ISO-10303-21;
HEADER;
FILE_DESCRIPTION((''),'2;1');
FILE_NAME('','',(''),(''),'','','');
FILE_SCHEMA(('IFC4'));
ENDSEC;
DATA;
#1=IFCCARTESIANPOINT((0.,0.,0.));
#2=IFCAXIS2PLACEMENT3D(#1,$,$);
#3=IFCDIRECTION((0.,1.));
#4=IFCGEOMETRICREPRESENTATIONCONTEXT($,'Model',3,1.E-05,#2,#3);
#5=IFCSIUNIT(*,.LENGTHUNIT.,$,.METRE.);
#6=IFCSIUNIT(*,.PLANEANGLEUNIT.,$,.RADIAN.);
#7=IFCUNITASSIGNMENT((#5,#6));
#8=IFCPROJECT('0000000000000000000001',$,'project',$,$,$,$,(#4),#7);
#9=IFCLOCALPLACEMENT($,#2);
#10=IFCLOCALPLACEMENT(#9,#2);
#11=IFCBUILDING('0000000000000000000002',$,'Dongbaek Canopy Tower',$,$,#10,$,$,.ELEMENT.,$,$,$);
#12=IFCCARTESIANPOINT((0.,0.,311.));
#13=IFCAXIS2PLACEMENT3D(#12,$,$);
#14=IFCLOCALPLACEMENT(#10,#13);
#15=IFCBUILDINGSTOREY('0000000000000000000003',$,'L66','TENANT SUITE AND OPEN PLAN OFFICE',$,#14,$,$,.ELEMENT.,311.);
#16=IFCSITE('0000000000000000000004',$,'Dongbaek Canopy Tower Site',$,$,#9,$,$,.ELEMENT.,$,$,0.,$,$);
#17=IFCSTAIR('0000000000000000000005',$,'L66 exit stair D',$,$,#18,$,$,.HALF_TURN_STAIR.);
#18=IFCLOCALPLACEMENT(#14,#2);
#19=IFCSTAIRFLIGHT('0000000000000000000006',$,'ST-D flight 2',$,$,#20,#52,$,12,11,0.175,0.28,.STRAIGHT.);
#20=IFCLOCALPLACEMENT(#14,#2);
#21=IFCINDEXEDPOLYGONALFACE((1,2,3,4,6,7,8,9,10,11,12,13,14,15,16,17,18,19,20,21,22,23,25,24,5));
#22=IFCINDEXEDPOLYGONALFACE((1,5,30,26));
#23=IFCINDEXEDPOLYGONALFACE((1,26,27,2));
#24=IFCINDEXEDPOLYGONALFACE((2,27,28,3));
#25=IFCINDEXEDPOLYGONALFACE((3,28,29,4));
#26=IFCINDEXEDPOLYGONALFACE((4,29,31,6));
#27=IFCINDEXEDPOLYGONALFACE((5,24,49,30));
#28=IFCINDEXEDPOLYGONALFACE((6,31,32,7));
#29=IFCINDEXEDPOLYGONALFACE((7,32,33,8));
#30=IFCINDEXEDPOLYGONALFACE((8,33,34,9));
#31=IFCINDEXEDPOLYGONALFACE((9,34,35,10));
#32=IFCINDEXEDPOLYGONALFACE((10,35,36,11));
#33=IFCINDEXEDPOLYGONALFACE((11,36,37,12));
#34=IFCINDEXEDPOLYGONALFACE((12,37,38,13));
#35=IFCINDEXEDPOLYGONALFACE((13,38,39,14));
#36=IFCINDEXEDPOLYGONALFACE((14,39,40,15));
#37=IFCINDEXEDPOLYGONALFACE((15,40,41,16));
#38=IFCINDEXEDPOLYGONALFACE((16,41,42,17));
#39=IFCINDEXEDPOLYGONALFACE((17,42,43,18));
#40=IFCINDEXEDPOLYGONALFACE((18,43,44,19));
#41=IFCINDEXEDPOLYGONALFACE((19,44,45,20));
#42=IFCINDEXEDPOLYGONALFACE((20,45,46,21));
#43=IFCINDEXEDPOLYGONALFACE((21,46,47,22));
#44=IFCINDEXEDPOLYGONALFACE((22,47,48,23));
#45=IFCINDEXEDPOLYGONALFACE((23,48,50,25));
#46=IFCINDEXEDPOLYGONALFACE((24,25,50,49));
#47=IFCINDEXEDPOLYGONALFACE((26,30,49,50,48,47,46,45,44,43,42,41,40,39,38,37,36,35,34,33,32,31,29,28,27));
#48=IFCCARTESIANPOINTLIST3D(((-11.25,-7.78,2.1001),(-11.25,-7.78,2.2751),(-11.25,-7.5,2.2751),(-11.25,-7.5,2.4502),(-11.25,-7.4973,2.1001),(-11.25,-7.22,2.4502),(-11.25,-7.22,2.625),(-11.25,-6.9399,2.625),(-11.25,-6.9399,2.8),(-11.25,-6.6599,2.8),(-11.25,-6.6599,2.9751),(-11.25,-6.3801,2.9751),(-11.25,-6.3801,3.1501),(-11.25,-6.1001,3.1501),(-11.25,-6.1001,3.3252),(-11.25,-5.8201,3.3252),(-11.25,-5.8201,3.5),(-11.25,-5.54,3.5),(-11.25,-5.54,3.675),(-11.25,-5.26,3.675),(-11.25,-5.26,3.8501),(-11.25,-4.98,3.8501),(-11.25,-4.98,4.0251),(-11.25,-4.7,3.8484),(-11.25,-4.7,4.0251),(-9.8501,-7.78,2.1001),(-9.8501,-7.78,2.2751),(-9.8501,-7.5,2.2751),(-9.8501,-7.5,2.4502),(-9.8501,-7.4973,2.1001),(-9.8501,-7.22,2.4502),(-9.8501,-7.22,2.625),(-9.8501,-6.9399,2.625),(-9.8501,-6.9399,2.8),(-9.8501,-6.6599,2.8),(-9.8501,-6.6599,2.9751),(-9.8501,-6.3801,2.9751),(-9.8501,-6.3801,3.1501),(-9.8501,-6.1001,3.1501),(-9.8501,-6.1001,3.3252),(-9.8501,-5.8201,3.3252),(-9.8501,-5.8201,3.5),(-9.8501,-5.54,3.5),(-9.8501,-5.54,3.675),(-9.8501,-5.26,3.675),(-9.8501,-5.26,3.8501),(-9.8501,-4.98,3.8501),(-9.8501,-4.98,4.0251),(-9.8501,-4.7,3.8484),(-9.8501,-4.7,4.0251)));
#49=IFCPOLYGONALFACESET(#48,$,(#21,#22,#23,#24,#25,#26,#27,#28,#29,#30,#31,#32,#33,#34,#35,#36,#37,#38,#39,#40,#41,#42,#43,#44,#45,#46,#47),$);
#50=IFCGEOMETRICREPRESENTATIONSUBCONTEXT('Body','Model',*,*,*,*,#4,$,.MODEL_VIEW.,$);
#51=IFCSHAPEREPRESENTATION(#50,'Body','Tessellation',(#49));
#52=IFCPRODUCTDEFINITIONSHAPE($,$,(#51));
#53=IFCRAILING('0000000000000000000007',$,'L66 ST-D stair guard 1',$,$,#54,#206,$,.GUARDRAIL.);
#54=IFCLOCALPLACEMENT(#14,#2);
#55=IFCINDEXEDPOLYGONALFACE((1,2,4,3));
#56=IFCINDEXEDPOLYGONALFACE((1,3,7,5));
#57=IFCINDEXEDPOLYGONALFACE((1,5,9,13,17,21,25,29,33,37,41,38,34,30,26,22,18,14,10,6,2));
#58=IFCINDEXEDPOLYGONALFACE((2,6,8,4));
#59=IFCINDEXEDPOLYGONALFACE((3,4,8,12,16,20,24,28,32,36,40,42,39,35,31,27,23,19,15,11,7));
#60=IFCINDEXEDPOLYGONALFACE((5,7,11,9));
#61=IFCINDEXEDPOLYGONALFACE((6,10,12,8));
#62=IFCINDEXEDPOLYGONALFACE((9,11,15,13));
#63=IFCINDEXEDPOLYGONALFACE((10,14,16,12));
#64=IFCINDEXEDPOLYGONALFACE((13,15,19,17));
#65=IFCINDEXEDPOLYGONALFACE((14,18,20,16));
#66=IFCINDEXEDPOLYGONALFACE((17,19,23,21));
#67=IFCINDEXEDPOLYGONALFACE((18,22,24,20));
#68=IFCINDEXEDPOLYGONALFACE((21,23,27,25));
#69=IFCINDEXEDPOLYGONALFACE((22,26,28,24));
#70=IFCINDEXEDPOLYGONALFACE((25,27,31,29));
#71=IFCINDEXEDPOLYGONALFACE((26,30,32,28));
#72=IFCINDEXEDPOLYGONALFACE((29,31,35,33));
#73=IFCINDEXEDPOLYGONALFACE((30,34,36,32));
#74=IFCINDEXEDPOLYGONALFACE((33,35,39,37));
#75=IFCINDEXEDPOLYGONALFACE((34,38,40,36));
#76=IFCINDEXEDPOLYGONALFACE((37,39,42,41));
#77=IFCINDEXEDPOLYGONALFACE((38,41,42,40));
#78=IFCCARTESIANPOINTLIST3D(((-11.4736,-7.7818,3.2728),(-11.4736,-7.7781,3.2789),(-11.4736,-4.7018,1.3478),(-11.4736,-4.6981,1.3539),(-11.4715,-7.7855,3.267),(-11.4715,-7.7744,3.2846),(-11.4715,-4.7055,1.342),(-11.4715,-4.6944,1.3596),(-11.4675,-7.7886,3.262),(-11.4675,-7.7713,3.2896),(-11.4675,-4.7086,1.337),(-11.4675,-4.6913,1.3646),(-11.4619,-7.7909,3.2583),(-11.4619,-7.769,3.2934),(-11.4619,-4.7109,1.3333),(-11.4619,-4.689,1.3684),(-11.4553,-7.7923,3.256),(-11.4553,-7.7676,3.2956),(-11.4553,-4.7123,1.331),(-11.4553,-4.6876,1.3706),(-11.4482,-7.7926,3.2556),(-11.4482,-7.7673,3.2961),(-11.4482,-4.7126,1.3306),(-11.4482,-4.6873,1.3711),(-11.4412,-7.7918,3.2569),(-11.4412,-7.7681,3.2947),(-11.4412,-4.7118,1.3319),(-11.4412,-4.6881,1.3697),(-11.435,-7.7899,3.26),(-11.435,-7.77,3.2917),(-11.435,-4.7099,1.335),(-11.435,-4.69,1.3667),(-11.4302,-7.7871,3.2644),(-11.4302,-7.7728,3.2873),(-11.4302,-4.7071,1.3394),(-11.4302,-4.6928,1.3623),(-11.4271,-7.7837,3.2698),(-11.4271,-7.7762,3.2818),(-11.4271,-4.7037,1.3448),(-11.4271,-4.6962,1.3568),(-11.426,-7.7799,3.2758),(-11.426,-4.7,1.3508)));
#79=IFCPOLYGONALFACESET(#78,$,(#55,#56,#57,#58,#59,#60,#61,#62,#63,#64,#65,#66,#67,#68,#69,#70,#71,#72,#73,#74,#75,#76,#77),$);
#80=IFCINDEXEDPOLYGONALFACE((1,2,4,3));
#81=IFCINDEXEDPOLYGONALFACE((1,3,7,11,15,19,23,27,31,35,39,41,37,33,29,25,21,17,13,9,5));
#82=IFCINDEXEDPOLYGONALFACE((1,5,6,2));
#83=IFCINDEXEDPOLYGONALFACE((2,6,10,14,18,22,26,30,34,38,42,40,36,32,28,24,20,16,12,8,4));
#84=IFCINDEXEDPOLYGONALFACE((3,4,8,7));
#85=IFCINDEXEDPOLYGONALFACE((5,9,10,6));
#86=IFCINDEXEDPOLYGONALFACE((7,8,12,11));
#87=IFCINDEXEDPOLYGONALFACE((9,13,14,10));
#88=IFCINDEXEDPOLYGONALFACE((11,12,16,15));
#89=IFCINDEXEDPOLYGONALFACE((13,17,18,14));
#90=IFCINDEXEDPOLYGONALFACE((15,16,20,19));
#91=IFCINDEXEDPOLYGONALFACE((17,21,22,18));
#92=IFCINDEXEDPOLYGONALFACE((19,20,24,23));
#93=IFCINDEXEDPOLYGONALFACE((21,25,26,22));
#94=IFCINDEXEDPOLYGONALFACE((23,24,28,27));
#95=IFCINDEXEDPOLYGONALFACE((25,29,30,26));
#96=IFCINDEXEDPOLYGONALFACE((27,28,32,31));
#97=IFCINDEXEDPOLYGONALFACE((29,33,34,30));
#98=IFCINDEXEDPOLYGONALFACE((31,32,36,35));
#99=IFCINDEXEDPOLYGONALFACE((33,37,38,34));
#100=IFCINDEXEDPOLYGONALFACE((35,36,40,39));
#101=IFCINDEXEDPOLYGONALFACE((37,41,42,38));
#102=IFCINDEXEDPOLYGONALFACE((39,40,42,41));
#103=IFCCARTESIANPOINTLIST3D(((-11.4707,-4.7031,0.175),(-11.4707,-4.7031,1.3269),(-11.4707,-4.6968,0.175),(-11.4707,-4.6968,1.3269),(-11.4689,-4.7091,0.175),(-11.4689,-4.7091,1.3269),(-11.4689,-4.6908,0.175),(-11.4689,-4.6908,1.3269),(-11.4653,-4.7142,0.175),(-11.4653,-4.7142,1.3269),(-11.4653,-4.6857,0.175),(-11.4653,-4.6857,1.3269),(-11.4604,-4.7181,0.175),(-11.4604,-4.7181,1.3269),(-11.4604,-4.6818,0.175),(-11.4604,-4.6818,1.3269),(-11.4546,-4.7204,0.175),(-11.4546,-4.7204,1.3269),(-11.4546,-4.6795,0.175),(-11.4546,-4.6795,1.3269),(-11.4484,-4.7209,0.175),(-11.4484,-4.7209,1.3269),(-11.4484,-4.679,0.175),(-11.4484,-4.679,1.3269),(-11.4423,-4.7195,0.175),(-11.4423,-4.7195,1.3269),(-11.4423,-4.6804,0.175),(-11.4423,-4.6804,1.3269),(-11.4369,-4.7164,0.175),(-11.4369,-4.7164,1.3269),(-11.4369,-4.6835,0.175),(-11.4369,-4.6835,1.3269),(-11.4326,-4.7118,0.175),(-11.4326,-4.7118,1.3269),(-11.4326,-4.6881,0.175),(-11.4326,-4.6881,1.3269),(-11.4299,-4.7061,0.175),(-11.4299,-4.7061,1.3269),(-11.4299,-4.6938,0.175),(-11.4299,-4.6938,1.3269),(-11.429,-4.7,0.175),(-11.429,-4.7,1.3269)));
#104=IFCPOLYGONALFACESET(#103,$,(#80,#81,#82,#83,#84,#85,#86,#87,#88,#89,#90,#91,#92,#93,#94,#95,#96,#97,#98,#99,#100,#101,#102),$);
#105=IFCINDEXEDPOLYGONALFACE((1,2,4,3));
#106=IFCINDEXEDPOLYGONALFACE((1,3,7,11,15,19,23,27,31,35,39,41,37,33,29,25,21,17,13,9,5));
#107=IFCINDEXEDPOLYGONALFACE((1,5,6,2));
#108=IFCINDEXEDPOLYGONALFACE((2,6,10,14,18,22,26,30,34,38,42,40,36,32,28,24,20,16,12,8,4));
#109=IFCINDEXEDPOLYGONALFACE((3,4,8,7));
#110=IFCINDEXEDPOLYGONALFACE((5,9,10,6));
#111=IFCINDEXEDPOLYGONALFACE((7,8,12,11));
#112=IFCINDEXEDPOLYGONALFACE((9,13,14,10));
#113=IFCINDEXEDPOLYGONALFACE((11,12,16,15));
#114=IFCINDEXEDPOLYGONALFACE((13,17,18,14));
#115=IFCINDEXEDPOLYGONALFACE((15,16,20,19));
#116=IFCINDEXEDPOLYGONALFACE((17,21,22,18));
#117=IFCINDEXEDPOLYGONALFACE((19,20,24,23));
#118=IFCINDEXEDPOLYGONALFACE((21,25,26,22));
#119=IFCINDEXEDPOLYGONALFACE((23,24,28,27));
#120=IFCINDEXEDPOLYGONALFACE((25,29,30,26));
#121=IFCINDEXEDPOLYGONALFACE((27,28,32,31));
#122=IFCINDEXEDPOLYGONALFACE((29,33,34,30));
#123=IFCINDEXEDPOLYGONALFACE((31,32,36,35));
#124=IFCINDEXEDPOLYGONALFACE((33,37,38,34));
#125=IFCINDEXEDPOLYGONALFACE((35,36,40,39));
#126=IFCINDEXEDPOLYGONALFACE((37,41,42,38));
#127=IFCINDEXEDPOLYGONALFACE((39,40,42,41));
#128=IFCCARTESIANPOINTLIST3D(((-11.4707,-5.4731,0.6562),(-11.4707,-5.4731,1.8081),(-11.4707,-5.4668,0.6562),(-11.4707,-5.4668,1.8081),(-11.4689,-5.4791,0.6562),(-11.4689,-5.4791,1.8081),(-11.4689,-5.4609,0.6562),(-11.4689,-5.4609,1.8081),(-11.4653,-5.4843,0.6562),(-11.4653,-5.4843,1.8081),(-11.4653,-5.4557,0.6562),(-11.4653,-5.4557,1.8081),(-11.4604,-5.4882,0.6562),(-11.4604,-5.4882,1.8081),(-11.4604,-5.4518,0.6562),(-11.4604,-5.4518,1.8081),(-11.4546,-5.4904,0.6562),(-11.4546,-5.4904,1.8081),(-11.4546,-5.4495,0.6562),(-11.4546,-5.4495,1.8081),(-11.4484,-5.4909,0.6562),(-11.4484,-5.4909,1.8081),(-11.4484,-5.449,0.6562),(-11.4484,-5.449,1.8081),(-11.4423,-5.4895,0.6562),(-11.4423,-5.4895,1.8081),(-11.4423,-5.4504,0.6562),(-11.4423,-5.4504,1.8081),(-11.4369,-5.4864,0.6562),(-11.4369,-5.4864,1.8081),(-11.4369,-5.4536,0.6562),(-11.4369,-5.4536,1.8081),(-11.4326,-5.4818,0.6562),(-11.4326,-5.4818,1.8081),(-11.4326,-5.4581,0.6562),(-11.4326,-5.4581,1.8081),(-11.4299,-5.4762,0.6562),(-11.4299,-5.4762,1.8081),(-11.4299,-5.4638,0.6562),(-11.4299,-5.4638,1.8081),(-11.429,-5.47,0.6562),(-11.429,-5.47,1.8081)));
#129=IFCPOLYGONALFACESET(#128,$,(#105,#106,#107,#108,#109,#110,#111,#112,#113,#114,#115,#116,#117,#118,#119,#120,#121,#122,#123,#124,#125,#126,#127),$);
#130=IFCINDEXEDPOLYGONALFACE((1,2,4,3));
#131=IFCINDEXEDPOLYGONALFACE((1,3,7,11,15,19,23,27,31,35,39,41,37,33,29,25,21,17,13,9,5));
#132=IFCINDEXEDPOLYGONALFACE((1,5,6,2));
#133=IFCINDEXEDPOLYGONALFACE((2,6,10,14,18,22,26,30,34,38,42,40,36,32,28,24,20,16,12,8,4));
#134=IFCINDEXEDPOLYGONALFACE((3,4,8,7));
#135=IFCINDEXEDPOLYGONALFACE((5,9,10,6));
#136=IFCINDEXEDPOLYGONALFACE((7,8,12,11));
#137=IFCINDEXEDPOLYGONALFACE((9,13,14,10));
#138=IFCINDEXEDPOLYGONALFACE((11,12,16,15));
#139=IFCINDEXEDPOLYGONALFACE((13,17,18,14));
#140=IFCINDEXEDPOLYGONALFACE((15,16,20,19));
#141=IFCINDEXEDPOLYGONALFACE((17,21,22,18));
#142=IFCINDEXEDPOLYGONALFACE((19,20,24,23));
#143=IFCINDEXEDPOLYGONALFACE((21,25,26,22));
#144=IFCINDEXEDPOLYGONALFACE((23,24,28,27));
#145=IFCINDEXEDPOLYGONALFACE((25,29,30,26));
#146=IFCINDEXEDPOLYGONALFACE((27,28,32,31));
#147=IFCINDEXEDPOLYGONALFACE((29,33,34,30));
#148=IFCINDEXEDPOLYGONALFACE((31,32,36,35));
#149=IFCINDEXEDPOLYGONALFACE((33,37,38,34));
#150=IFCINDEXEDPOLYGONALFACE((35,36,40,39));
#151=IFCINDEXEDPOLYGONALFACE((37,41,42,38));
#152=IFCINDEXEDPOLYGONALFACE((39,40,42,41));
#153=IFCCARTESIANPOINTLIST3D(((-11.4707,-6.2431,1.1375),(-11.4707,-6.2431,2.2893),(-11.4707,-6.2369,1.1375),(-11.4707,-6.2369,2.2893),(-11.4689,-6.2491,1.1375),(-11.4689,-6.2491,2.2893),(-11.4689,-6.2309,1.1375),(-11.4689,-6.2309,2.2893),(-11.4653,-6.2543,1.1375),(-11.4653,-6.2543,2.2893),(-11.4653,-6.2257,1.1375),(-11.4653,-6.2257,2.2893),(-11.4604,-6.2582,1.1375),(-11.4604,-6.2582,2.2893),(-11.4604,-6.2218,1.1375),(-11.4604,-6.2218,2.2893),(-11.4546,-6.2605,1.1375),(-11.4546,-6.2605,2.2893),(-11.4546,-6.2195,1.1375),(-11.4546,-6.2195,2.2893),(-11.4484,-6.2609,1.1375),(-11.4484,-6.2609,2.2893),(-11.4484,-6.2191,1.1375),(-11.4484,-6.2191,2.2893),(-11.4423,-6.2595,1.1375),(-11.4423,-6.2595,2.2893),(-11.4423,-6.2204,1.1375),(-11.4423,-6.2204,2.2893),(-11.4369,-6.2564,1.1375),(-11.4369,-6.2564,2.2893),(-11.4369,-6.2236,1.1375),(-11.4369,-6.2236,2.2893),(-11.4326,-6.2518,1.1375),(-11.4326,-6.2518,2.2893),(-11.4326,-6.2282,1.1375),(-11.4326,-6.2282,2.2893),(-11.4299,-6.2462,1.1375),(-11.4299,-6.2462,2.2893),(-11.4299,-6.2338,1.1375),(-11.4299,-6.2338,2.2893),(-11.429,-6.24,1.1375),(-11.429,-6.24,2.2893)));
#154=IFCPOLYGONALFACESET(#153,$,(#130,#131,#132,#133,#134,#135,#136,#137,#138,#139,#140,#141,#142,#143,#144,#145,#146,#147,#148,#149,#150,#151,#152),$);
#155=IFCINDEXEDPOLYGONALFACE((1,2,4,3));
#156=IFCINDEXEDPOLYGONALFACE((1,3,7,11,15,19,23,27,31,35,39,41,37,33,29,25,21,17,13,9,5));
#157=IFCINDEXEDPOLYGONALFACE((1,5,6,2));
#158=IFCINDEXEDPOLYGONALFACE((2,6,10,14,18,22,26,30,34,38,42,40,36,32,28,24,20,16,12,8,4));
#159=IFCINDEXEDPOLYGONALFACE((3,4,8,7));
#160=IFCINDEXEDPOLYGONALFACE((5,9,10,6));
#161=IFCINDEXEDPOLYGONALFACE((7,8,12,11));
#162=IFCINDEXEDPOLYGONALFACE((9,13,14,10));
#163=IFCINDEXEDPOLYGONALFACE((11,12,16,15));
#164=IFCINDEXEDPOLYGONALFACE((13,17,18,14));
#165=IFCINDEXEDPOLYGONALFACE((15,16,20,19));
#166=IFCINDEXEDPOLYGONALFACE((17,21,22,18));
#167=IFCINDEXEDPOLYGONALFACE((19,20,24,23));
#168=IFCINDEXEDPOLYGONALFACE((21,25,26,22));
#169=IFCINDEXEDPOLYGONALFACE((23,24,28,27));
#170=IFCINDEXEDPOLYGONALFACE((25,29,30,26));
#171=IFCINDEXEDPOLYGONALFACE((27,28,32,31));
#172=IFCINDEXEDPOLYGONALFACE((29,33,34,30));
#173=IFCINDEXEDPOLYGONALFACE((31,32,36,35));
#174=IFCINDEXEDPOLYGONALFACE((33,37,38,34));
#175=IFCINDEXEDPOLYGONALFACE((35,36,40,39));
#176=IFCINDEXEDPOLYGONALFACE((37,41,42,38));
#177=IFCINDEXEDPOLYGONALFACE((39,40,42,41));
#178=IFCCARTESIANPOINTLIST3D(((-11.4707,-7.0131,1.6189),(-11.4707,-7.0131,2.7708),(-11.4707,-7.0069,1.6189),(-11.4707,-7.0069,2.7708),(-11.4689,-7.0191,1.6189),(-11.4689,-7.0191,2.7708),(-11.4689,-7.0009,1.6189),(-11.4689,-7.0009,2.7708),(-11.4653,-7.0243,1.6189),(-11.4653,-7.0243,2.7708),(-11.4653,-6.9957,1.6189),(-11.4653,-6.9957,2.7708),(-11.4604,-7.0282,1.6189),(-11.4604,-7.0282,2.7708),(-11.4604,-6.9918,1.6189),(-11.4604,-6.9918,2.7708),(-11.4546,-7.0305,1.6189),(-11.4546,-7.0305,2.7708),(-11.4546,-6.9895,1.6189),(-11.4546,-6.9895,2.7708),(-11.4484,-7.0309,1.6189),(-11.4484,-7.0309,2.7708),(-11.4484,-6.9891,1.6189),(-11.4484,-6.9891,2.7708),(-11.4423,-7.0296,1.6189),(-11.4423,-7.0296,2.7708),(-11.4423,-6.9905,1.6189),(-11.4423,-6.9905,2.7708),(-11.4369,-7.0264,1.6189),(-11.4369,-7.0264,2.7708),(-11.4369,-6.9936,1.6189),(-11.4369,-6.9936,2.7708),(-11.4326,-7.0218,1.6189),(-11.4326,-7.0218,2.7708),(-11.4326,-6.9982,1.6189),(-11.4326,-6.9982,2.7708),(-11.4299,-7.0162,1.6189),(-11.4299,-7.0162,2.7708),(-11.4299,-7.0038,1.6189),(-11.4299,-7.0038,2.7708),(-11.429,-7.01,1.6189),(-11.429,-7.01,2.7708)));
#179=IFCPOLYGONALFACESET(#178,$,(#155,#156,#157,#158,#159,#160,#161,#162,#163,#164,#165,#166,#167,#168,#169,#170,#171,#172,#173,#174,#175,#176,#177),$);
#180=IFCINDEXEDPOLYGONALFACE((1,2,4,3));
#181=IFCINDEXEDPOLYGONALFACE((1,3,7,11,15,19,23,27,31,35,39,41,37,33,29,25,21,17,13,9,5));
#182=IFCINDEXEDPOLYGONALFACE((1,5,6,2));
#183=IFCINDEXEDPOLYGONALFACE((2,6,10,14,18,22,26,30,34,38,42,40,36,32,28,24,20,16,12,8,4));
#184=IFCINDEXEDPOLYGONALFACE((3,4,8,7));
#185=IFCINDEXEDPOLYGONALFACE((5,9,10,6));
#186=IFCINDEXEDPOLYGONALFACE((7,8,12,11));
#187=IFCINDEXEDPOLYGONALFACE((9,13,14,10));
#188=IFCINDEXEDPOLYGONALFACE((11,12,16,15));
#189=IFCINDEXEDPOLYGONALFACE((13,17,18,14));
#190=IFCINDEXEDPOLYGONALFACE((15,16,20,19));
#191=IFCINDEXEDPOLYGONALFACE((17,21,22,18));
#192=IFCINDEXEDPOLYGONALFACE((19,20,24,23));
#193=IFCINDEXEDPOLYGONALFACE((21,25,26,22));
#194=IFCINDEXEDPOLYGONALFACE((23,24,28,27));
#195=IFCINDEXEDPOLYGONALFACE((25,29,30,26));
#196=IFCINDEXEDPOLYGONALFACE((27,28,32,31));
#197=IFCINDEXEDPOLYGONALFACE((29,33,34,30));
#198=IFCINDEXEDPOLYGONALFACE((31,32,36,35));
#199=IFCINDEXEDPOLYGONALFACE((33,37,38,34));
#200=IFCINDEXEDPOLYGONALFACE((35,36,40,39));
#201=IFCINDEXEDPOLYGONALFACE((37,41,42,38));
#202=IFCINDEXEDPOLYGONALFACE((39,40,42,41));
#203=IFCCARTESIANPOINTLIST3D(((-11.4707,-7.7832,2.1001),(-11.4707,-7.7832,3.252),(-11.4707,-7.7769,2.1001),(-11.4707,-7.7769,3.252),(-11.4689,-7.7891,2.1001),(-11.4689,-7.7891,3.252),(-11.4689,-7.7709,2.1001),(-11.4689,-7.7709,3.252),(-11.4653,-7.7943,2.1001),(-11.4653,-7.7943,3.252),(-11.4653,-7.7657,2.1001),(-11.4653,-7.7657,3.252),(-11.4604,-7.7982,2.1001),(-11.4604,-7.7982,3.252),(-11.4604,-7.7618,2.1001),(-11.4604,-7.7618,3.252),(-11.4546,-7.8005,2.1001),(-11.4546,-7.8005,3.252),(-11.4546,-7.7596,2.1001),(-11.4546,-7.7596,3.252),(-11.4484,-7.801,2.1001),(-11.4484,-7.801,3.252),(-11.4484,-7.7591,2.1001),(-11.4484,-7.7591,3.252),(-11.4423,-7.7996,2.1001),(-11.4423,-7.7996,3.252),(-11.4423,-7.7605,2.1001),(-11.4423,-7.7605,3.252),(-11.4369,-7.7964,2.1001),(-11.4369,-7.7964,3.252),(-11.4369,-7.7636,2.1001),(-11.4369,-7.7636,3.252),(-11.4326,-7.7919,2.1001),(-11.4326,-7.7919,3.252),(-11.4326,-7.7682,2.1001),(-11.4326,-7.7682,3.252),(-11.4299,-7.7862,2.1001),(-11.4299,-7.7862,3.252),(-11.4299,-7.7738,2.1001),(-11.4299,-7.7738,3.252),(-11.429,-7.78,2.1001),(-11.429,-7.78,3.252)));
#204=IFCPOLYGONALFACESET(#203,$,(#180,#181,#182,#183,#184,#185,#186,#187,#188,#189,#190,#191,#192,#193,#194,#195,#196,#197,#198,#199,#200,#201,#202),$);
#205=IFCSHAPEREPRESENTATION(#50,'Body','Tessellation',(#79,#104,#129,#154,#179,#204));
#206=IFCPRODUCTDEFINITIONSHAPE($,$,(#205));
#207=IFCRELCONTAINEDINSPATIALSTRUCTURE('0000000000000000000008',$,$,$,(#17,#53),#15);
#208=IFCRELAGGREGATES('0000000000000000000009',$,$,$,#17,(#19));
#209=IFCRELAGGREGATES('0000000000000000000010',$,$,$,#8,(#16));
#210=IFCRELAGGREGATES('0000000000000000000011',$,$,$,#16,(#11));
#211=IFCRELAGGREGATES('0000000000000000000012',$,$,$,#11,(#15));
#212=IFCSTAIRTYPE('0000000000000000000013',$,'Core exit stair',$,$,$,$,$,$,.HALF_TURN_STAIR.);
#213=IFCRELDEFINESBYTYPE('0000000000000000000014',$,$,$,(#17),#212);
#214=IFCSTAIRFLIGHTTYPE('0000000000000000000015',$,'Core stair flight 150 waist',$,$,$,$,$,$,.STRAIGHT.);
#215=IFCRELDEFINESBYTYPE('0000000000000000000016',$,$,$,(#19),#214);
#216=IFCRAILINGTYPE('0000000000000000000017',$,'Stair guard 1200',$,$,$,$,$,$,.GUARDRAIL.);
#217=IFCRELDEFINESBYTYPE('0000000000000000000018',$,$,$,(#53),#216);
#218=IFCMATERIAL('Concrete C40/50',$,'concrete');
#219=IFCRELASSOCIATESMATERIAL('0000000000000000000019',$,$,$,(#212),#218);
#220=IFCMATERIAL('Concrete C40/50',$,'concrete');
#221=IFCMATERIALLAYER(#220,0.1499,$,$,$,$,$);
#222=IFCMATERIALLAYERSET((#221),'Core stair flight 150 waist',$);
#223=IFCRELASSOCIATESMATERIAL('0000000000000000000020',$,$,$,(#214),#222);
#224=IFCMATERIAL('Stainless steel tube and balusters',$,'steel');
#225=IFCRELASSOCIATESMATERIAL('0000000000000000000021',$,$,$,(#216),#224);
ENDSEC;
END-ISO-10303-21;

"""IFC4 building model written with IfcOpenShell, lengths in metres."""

from ifc_helpers import new_model, si_unit, direction, frame, origin, origin_2d, place, context, subcontext, project, spatial, polyline, circle, outline, extrude, material, layer, layer_set, type_object, element, aggregate, save


model = new_model("IFC4")

# Units and contexts
model_context = context("Model", 3, precision=1e-05, world=origin(), true_north=direction((0.0, 1.0)))
body_context = subcontext(model_context, "Body", "Model", "MODEL_VIEW")
ifc_project = project(units=[si_unit("LENGTHUNIT", "METRE"), si_unit("PLANEANGLEUNIT", "RADIAN")], contexts=[model_context])

# Site, building, storey
site_placement = place(None, origin())
site = spatial("IfcSite", under=ifc_project, at=site_placement, Name="Dongbaek Canopy Tower Site", CompositionType="ELEMENT", RefElevation=0.0)
building_placement = place(site_placement, origin())
building = spatial("IfcBuilding", under=site, at=building_placement, Name="Dongbaek Canopy Tower", CompositionType="ELEMENT")
storey_placement = place(building_placement, frame((0.0, 0.0, 311.0)))
storey = spatial("IfcBuildingStorey", under=building, at=storey_placement, Name="L66", Description="TENANT SUITE AND OPEN PLAN OFFICE", CompositionType="ELEMENT", Elevation=311.0)

# Stair, stair flight
ifc_material_1 = material(Name="Concrete C40/50", Category="concrete")
stair_type = type_object("IfcStairType", Name="Core exit stair", PredefinedType="HALF_TURN_STAIR", material=ifc_material_1)
stair_placement = place(storey_placement, origin())
stair = element("IfcStair", 1, at=stair_placement, inside=storey, type_object=stair_type, Name="L66 exit stair D", PredefinedType="HALF_TURN_STAIR")
ifc_material_2 = material(Name="Concrete C40/50", Category="concrete")
ifc_layer_1 = layer(ifc_material_2, 0.1499)
ifc_layer_set_1 = layer_set([ifc_layer_1], Name="Core stair flight 150 waist")
stair_flight_type = type_object("IfcStairFlightType", Name="Core stair flight 150 waist", PredefinedType="STRAIGHT", material=ifc_layer_set_1)
stair_flight_1_placement = place(storey_placement, frame((-10.55, -7.78, 2.1001), z_axis=(0.0, 0.0, 1.0), x_axis=(0.0, 1.0, 0.0)))
stair_flight_1 = element("IfcStairFlight", 2, at=stair_flight_1_placement, type_object=stair_flight_type, Name="ST-D flight 2", NumberOfRisers=12, NumberOfTreads=11, PredefinedType="STRAIGHT", RiserHeight=0.175, TreadLength=0.28, context=body_context, shape_type="SweptSolid", body=[
    extrude(outline(polyline([(0.0, 0.0), (0.0, 0.175), (0.28, 0.175), (0.28, 0.3501), (0.5601, 0.3501), (0.5601, 0.5249), (0.8401, 0.5249), (0.8401, 0.7), (1.1201, 0.7), (1.1201, 0.875), (1.3999, 0.875), (1.3999, 1.05), (1.6799, 1.05), (1.6799, 1.2251), (1.96, 1.2251), (1.96, 1.3999), (2.24, 1.3999), (2.24, 1.575), (2.52, 1.575), (2.52, 1.75), (2.8, 1.75), (2.8, 1.925), (3.0801, 1.925), (3.0801, 2.1001), (3.0801, 1.7483), (0.2827, 0.0), (0.0, 0.0)])), frame((0.0, 0.7, 0.0), z_axis=(0.0, -1.0, 0.0), x_axis=(1.0, 0.0, 0.0)), (0.0, 0.0, 1.0), 1.3999),
])
aggregate(stair, [stair_flight_1])

# Railing
ifc_material_3 = material(Name="Stainless steel tube and balusters", Category="steel")
railing_type_1 = type_object("IfcRailingType", Name="Stair guard 1200", PredefinedType="GUARDRAIL", material=ifc_material_3)
railing_1_placement = place(storey_placement, frame((-11.45, -4.7, 0.175)))
element("IfcRailing", 3, at=railing_1_placement, inside=storey, type_object=railing_type_1, Name="L66 ST-D stair guard 1", PredefinedType="GUARDRAIL", context=body_context, shape_type="SweptSolid", body=[
    extrude(circle(Radius=0.0239, at=origin_2d()), frame((0.0, 0.0, 1.1758), z_axis=(0.0, -0.847998, 0.529999), x_axis=(1.0, 0.0, 0.0)), (0.0, 0.0, 1.0), 3.6321),
    extrude(circle(Radius=0.021, at=origin_2d()), origin(), (0.0, 0.0, 1.0), 1.1519),
    extrude(circle(Radius=0.021, at=origin_2d()), frame((0.0, -0.77, 0.4812)), (0.0, 0.0, 1.0), 1.1519),
    extrude(circle(Radius=0.021, at=origin_2d()), frame((0.0, -1.54, 0.9624)), (0.0, 0.0, 1.0), 1.1519),
    extrude(circle(Radius=0.021, at=origin_2d()), frame((0.0, -2.3101, 1.4438)), (0.0, 0.0, 1.0), 1.1519),
    extrude(circle(Radius=0.021, at=origin_2d()), frame((0.0, -3.0801, 1.925)), (0.0, 0.0, 1.0), 1.1519),
])

save(model, "model.ifc")
